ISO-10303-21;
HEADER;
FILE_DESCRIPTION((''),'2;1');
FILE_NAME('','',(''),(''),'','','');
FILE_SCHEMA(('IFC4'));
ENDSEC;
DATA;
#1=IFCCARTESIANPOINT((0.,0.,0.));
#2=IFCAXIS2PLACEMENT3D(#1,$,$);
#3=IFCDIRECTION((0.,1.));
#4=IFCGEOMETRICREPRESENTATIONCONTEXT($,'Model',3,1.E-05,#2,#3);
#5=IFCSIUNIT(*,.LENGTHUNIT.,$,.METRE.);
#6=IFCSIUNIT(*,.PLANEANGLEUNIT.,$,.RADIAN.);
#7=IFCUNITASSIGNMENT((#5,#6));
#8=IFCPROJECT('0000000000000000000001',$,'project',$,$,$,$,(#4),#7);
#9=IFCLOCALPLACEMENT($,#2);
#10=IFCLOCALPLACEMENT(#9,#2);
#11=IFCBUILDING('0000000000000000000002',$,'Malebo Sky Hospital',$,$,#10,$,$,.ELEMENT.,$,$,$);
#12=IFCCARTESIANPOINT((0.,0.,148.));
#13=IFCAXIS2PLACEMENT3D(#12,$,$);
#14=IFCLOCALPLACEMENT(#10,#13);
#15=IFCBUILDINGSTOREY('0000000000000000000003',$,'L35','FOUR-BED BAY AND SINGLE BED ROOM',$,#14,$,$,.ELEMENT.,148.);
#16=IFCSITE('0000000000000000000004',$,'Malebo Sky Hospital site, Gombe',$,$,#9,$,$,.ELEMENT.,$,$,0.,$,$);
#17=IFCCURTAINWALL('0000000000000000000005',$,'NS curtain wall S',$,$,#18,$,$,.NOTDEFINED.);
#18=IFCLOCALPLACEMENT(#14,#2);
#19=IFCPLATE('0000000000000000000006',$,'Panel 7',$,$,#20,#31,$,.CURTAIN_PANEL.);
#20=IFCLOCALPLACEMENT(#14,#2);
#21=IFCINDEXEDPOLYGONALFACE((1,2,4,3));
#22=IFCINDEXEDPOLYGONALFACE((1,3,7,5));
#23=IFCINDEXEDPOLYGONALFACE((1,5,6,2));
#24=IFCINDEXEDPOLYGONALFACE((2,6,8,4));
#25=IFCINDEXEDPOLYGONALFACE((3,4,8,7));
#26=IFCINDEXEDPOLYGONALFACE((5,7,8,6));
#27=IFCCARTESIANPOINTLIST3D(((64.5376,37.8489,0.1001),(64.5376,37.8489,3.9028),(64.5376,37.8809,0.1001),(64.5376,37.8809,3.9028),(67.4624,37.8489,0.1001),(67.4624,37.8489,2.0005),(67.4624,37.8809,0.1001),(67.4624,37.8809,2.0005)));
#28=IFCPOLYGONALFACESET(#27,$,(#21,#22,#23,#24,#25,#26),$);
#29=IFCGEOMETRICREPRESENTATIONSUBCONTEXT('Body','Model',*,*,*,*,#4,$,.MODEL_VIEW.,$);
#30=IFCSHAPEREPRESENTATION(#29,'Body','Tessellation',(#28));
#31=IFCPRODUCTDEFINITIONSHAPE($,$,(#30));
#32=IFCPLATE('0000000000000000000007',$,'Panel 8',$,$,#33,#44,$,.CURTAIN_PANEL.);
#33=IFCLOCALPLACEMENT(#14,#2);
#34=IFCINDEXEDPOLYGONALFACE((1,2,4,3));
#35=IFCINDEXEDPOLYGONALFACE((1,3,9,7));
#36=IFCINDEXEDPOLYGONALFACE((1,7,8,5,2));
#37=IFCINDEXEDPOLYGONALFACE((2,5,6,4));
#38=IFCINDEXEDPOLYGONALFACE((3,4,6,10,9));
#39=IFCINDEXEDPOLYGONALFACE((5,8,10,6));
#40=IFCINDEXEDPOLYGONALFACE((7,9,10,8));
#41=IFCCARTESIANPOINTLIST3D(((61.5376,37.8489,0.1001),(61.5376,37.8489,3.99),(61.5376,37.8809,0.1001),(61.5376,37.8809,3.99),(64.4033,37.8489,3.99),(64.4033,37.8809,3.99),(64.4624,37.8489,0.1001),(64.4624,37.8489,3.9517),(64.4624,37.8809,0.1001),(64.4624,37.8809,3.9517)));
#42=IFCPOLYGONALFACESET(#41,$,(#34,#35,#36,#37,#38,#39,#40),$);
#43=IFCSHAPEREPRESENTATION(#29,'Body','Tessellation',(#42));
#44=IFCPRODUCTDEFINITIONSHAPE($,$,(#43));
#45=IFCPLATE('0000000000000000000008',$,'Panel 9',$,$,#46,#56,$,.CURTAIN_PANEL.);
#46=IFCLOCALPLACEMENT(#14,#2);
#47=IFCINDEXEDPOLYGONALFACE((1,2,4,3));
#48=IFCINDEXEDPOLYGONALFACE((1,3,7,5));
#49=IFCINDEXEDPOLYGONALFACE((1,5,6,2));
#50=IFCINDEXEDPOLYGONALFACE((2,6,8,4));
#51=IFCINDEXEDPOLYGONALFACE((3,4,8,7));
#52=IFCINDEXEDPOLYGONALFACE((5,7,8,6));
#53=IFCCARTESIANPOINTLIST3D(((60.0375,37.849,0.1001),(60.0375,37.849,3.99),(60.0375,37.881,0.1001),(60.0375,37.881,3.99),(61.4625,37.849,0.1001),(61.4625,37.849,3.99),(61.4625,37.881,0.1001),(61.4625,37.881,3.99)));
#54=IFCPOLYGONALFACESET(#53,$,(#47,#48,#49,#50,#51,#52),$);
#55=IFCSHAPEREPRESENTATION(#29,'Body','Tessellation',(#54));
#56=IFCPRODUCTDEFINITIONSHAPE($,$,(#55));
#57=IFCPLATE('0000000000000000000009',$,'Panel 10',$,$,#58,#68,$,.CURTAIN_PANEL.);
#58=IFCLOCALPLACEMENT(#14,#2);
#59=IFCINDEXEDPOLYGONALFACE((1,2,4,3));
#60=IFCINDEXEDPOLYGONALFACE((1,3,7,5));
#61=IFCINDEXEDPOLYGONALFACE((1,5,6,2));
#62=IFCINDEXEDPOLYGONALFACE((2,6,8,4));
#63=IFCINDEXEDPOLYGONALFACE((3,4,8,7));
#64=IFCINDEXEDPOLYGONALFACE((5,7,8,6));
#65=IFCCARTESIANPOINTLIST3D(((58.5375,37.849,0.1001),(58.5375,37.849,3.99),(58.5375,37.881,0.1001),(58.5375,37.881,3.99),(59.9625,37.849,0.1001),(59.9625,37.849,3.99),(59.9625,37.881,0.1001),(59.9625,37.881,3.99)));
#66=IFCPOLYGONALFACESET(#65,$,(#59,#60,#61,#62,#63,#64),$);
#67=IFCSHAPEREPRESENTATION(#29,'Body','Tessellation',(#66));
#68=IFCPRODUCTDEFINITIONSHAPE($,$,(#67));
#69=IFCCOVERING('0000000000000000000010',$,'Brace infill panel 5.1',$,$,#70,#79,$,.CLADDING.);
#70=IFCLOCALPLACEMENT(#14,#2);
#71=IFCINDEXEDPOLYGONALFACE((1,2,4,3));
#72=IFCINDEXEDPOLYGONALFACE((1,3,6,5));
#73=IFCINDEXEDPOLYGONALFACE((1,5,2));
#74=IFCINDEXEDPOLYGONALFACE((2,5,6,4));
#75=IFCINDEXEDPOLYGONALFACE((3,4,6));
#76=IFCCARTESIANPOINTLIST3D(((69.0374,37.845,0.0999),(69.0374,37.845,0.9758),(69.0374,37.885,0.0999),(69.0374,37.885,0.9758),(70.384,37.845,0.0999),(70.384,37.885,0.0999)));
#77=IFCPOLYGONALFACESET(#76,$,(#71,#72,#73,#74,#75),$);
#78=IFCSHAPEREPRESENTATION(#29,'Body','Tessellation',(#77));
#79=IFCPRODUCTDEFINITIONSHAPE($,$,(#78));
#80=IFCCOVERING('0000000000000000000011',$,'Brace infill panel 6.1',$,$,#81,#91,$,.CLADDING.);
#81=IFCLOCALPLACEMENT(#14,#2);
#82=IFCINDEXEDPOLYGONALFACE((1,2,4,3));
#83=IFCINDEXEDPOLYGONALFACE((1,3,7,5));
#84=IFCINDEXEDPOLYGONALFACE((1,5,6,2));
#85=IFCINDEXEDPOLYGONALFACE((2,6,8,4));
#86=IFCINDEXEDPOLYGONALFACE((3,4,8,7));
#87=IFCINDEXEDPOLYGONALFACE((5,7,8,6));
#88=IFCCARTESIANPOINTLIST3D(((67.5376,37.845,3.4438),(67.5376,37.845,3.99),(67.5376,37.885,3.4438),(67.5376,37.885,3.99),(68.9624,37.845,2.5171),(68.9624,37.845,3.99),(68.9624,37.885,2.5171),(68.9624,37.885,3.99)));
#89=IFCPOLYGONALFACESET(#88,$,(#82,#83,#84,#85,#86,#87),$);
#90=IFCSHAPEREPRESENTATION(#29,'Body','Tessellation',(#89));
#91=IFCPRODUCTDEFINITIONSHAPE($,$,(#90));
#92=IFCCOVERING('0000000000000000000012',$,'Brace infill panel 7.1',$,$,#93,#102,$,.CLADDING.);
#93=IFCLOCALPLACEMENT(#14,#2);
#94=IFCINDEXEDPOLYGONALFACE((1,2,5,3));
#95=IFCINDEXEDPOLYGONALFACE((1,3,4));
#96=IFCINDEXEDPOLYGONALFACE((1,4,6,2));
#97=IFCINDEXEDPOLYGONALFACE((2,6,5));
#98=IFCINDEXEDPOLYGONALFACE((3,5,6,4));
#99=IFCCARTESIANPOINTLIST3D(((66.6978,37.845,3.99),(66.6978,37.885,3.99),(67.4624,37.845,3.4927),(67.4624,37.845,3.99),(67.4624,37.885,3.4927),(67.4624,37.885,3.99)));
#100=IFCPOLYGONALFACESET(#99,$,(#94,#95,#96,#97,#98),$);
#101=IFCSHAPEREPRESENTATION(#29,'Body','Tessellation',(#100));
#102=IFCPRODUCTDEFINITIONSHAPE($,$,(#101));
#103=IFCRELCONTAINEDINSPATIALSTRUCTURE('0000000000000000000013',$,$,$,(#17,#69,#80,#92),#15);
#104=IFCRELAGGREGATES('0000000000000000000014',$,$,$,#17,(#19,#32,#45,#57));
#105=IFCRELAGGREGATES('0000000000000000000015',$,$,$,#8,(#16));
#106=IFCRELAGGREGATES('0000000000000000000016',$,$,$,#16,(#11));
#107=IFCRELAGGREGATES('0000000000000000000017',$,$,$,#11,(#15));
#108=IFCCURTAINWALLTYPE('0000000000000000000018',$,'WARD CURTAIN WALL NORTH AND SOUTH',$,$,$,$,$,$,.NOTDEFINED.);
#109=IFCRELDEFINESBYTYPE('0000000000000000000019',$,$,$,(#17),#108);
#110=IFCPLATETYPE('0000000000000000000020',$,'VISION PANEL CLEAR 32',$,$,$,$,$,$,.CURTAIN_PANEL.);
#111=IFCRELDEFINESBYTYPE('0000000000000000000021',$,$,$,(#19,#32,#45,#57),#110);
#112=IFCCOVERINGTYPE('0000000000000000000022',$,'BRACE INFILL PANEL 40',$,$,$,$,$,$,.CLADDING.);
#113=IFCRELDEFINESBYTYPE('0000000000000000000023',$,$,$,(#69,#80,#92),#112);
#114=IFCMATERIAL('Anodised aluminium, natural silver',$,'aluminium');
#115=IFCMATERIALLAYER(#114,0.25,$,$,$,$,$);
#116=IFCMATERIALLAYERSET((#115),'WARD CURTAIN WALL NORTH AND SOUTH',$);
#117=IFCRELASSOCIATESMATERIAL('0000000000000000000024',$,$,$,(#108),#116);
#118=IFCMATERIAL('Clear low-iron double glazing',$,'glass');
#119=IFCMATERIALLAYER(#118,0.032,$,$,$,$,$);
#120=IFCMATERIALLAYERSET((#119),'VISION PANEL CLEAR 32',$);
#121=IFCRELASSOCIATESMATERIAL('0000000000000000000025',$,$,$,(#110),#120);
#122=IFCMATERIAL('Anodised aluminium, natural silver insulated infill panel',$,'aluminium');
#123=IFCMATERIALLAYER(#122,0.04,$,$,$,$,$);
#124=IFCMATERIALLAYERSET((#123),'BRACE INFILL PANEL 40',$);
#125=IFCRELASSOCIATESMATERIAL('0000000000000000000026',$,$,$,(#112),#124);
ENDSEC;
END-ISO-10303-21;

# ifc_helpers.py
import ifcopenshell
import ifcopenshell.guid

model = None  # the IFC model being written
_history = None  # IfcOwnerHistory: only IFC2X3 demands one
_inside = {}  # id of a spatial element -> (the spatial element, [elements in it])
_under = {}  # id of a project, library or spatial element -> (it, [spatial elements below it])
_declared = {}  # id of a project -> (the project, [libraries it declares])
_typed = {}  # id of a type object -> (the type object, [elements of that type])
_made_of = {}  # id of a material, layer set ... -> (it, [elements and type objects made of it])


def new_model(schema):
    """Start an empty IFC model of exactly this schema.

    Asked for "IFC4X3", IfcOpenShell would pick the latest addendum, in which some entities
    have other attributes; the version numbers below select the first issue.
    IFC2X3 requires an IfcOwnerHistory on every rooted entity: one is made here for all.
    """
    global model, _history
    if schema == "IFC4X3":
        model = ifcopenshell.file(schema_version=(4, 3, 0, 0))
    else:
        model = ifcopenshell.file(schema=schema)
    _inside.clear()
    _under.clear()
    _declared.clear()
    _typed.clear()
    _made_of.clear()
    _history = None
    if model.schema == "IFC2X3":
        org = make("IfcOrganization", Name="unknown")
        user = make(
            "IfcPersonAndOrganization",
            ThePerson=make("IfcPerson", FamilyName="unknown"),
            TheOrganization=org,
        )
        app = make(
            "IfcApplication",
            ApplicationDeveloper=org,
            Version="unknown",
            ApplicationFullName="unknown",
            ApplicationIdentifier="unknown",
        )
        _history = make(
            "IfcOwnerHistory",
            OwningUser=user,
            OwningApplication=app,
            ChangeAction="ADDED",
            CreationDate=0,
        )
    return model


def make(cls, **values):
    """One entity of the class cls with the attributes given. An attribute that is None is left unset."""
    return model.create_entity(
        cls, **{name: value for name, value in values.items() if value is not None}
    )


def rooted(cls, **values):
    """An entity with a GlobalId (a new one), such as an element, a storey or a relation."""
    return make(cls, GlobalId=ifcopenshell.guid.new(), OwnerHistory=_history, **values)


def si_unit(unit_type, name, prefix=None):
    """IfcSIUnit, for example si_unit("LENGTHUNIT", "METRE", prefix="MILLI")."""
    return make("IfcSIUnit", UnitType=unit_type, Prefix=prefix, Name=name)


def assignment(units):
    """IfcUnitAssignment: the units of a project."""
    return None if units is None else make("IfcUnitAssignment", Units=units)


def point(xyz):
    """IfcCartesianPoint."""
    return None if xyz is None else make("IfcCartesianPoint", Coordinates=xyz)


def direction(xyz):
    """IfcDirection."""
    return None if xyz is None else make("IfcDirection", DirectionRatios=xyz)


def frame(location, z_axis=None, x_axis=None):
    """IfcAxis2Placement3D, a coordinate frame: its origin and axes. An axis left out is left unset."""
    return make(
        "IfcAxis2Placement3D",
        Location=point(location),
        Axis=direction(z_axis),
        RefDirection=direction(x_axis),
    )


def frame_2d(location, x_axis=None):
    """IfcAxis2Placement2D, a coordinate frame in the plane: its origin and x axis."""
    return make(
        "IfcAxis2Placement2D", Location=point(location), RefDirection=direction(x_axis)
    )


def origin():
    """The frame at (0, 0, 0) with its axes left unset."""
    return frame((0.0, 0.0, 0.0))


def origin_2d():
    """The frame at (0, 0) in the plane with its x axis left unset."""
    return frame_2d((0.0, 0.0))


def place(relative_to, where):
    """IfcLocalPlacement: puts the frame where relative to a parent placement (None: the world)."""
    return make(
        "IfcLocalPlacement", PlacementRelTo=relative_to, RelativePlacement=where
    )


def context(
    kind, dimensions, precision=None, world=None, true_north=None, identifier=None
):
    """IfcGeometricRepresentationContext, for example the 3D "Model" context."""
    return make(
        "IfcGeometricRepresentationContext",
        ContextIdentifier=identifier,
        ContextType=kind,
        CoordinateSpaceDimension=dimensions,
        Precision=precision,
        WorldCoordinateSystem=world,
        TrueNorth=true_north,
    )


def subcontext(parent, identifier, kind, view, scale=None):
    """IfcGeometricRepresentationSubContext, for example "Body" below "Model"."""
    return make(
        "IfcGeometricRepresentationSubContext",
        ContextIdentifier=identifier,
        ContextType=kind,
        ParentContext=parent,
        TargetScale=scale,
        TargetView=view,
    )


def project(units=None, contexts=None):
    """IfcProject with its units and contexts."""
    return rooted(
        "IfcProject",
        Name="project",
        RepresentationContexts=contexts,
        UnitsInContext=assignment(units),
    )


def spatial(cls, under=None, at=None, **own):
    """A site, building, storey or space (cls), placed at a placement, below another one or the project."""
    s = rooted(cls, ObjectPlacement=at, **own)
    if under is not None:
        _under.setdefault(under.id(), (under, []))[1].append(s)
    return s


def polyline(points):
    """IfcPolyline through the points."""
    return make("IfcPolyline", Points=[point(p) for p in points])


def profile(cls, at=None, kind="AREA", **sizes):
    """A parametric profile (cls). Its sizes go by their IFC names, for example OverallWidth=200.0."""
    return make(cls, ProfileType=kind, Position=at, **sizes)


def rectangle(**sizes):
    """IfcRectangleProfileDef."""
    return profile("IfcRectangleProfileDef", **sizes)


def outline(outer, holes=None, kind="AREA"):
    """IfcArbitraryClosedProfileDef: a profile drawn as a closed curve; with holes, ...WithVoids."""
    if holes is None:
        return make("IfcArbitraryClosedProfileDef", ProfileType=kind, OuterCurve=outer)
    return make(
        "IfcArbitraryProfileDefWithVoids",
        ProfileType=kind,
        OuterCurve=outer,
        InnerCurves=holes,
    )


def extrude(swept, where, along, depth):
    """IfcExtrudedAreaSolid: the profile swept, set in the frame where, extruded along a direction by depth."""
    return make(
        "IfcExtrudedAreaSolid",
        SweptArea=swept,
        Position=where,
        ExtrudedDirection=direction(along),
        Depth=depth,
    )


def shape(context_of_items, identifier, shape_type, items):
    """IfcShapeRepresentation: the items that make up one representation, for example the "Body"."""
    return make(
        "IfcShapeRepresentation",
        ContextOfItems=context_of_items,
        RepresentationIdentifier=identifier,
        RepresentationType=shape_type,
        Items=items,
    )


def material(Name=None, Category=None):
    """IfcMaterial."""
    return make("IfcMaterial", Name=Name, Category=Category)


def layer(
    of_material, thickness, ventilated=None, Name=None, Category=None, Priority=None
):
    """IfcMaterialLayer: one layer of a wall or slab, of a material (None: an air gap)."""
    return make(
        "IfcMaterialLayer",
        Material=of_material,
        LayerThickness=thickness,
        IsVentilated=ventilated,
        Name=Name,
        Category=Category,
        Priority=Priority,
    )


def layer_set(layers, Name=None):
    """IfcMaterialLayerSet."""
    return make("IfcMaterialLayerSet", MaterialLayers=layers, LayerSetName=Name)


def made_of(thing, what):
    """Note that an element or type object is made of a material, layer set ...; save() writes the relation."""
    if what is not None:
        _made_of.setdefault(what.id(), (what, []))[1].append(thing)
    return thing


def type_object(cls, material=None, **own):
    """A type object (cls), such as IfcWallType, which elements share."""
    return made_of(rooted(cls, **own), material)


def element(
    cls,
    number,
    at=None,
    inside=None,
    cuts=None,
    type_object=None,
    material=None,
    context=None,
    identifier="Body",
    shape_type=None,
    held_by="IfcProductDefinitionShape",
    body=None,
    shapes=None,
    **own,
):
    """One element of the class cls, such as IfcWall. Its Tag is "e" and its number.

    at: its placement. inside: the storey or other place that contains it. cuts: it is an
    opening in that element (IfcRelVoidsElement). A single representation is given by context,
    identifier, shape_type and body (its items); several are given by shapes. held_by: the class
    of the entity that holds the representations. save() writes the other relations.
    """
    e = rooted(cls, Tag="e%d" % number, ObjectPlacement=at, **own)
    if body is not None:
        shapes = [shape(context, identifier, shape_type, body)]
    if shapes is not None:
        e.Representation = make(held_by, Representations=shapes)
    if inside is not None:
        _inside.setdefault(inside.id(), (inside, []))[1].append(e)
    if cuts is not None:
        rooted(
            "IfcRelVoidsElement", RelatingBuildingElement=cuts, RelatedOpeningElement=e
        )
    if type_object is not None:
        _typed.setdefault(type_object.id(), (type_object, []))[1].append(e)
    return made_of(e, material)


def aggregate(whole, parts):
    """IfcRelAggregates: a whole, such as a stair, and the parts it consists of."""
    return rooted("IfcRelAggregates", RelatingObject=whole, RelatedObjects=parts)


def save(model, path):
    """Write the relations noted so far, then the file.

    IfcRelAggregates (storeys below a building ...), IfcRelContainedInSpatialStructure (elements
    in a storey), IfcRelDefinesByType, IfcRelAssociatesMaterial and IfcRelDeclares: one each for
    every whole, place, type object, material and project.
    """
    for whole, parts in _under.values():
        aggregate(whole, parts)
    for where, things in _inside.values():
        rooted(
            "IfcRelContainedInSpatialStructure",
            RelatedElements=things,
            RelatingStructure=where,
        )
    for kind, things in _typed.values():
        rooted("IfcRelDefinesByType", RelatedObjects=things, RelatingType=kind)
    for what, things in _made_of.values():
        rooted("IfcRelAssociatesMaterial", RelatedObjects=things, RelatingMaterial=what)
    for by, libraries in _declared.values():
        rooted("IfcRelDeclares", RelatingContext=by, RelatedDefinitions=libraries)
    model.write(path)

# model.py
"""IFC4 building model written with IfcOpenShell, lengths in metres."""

from ifc_helpers import new_model, si_unit, direction, frame, origin, origin_2d, place, context, subcontext, project, spatial, polyline, rectangle, outline, extrude, material, layer, layer_set, type_object, element, aggregate, save


model = new_model("IFC4")

# Units and contexts
model_context = context("Model", 3, precision=1e-05, world=origin(), true_north=direction((0.0, 1.0)))
body_context = subcontext(model_context, "Body", "Model", "MODEL_VIEW")
ifc_project = project(units=[si_unit("LENGTHUNIT", "METRE"), si_unit("PLANEANGLEUNIT", "RADIAN")], contexts=[model_context])

# Site, building, storey
site_placement = place(None, origin())
site = spatial("IfcSite", under=ifc_project, at=site_placement, Name="Malebo Sky Hospital site, Gombe", CompositionType="ELEMENT", RefElevation=0.0)
building_placement = place(site_placement, origin())
building = spatial("IfcBuilding", under=site, at=building_placement, Name="Malebo Sky Hospital", CompositionType="ELEMENT")
storey_placement = place(building_placement, frame((0.0, 0.0, 148.0)))
storey = spatial("IfcBuildingStorey", under=building, at=storey_placement, Name="L35", Description="FOUR-BED BAY AND SINGLE BED ROOM", CompositionType="ELEMENT", Elevation=148.0)

# Curtain wall
ifc_material_1 = material(Name="Anodised aluminium, natural silver", Category="aluminium")
ifc_layer_1 = layer(ifc_material_1, 0.25)
ifc_layer_set_1 = layer_set([ifc_layer_1], Name="WARD CURTAIN WALL NORTH AND SOUTH")
curtain_wall_type = type_object("IfcCurtainWallType", Name="WARD CURTAIN WALL NORTH AND SOUTH", PredefinedType="NOTDEFINED", material=ifc_layer_set_1)
curtain_wall_placement = place(storey_placement, origin())
curtain_wall = element("IfcCurtainWall", 1, at=curtain_wall_placement, inside=storey, type_object=curtain_wall_type, Name="NS curtain wall S", PredefinedType="NOTDEFINED")

# Plates
ifc_material_2 = material(Name="Clear low-iron double glazing", Category="glass")
ifc_layer_2 = layer(ifc_material_2, 0.032)
ifc_layer_set_2 = layer_set([ifc_layer_2], Name="VISION PANEL CLEAR 32")
plate_type = type_object("IfcPlateType", Name="VISION PANEL CLEAR 32", PredefinedType="CURTAIN_PANEL", material=ifc_layer_set_2)
plate_1_placement = place(storey_placement, frame((66.0, 37.865, 0.1001), z_axis=(0.0, 0.0, 1.0), x_axis=(-1.0, 0.0, 0.0)))
plate_1 = element("IfcPlate", 2, at=plate_1_placement, type_object=plate_type, Name="Panel 7", PredefinedType="CURTAIN_PANEL", context=body_context, shape_type="SweptSolid", body=[
    extrude(outline(polyline([(-1.4624, 0.0), (1.4624, 0.0), (1.4624, 3.8027), (-1.4624, 1.9004), (-1.4624, 0.0)])), frame((0.0, 0.0161, 0.0), z_axis=(0.0, -1.0, 0.0), x_axis=(1.0, 0.0, 0.0)), (0.0, 0.0, 1.0), 0.032),
])
plate_2_placement = place(storey_placement, frame((63.0, 37.865, 0.1001), z_axis=(0.0, 0.0, 1.0), x_axis=(-1.0, 0.0, 0.0)))
plate_2 = element("IfcPlate", 3, at=plate_2_placement, type_object=plate_type, Name="Panel 8", PredefinedType="CURTAIN_PANEL", context=body_context, shape_type="SweptSolid", body=[
    extrude(outline(polyline([(-1.4624, 0.0), (1.4624, 0.0), (1.4624, 3.8899), (-1.4033, 3.8899), (-1.4624, 3.8516), (-1.4624, 0.0)])), frame((0.0, 0.0161, 0.0), z_axis=(0.0, -1.0, 0.0), x_axis=(1.0, 0.0, 0.0)), (0.0, 0.0, 1.0), 0.032),
])
plate_3_placement = place(storey_placement, frame((60.75, 37.865, 0.1001), z_axis=(0.0, 0.0, 1.0), x_axis=(-1.0, 0.0, 0.0)))
plate_3 = element("IfcPlate", 4, at=plate_3_placement, type_object=plate_type, Name="Panel 9", PredefinedType="CURTAIN_PANEL", context=body_context, shape_type="SweptSolid", body=[
    extrude(rectangle(XDim=1.425, YDim=0.032, at=origin_2d()), origin(), (0.0, 0.0, 1.0), 3.8899),
])
plate_4_placement = place(storey_placement, frame((59.25, 37.865, 0.1001), z_axis=(0.0, 0.0, 1.0), x_axis=(-1.0, 0.0, 0.0)))
plate_4 = element("IfcPlate", 5, at=plate_4_placement, type_object=plate_type, Name="Panel 10", PredefinedType="CURTAIN_PANEL", context=body_context, shape_type="SweptSolid", body=[
    extrude(rectangle(XDim=1.425, YDim=0.032, at=origin_2d()), origin(), (0.0, 0.0, 1.0), 3.8899),
])
aggregate(curtain_wall, [plate_1, plate_2, plate_3, plate_4])

# Coverings
ifc_material_3 = material(Name="Anodised aluminium, natural silver insulated infill panel", Category="aluminium")
ifc_layer_3 = layer(ifc_material_3, 0.04)
ifc_layer_set_3 = layer_set([ifc_layer_3], Name="BRACE INFILL PANEL 40")
covering_type = type_object("IfcCoveringType", Name="BRACE INFILL PANEL 40", PredefinedType="CLADDING", material=ifc_layer_set_3)
covering_1_placement = place(storey_placement, frame((69.7107, 37.865, 0.0999), z_axis=(0.0, 0.0, 1.0), x_axis=(-1.0, 0.0, 0.0)))
element("IfcCovering", 6, at=covering_1_placement, inside=storey, type_object=covering_type, Name="Brace infill panel 5.1", PredefinedType="CLADDING", context=body_context, shape_type="SweptSolid", body=[
    extrude(outline(polyline([(-0.6733, 0.0), (0.6733, 0.0), (0.6733, 0.876), (-0.6733, 0.0)])), frame((0.0, 0.02, 0.0), z_axis=(0.0, -1.0, 0.0), x_axis=(1.0, 0.0, 0.0)), (0.0, 0.0, 1.0), 0.04),
])
covering_2_placement = place(storey_placement, frame((68.25, 37.865, 2.5171), z_axis=(0.0, 0.0, 1.0), x_axis=(-1.0, 0.0, 0.0)))
element("IfcCovering", 7, at=covering_2_placement, inside=storey, type_object=covering_type, Name="Brace infill panel 6.1", PredefinedType="CLADDING", context=body_context, shape_type="SweptSolid", body=[
    extrude(outline(polyline([(-0.7124, 0.0), (0.7124, 0.9268), (0.7124, 1.4729), (-0.7124, 1.4729), (-0.7124, 0.0)])), frame((0.0, 0.02, 0.0), z_axis=(0.0, -1.0, 0.0), x_axis=(1.0, 0.0, 0.0)), (0.0, 0.0, 1.0), 0.04),
])
covering_3_placement = place(storey_placement, frame((67.0801, 37.865, 3.4927), z_axis=(0.0, 0.0, 1.0), x_axis=(-1.0, 0.0, 0.0)))
element("IfcCovering", 8, at=covering_3_placement, inside=storey, type_object=covering_type, Name="Brace infill panel 7.1", PredefinedType="CLADDING", context=body_context, shape_type="SweptSolid", body=[
    extrude(outline(polyline([(-0.3823, 0.0), (0.3823, 0.4973), (-0.3823, 0.4973), (-0.3823, 0.0)])), frame((0.0, 0.02, 0.0), z_axis=(0.0, -1.0, 0.0), x_axis=(1.0, 0.0, 0.0)), (0.0, 0.0, 1.0), 0.04),
])

save(model, "model.ifc")
